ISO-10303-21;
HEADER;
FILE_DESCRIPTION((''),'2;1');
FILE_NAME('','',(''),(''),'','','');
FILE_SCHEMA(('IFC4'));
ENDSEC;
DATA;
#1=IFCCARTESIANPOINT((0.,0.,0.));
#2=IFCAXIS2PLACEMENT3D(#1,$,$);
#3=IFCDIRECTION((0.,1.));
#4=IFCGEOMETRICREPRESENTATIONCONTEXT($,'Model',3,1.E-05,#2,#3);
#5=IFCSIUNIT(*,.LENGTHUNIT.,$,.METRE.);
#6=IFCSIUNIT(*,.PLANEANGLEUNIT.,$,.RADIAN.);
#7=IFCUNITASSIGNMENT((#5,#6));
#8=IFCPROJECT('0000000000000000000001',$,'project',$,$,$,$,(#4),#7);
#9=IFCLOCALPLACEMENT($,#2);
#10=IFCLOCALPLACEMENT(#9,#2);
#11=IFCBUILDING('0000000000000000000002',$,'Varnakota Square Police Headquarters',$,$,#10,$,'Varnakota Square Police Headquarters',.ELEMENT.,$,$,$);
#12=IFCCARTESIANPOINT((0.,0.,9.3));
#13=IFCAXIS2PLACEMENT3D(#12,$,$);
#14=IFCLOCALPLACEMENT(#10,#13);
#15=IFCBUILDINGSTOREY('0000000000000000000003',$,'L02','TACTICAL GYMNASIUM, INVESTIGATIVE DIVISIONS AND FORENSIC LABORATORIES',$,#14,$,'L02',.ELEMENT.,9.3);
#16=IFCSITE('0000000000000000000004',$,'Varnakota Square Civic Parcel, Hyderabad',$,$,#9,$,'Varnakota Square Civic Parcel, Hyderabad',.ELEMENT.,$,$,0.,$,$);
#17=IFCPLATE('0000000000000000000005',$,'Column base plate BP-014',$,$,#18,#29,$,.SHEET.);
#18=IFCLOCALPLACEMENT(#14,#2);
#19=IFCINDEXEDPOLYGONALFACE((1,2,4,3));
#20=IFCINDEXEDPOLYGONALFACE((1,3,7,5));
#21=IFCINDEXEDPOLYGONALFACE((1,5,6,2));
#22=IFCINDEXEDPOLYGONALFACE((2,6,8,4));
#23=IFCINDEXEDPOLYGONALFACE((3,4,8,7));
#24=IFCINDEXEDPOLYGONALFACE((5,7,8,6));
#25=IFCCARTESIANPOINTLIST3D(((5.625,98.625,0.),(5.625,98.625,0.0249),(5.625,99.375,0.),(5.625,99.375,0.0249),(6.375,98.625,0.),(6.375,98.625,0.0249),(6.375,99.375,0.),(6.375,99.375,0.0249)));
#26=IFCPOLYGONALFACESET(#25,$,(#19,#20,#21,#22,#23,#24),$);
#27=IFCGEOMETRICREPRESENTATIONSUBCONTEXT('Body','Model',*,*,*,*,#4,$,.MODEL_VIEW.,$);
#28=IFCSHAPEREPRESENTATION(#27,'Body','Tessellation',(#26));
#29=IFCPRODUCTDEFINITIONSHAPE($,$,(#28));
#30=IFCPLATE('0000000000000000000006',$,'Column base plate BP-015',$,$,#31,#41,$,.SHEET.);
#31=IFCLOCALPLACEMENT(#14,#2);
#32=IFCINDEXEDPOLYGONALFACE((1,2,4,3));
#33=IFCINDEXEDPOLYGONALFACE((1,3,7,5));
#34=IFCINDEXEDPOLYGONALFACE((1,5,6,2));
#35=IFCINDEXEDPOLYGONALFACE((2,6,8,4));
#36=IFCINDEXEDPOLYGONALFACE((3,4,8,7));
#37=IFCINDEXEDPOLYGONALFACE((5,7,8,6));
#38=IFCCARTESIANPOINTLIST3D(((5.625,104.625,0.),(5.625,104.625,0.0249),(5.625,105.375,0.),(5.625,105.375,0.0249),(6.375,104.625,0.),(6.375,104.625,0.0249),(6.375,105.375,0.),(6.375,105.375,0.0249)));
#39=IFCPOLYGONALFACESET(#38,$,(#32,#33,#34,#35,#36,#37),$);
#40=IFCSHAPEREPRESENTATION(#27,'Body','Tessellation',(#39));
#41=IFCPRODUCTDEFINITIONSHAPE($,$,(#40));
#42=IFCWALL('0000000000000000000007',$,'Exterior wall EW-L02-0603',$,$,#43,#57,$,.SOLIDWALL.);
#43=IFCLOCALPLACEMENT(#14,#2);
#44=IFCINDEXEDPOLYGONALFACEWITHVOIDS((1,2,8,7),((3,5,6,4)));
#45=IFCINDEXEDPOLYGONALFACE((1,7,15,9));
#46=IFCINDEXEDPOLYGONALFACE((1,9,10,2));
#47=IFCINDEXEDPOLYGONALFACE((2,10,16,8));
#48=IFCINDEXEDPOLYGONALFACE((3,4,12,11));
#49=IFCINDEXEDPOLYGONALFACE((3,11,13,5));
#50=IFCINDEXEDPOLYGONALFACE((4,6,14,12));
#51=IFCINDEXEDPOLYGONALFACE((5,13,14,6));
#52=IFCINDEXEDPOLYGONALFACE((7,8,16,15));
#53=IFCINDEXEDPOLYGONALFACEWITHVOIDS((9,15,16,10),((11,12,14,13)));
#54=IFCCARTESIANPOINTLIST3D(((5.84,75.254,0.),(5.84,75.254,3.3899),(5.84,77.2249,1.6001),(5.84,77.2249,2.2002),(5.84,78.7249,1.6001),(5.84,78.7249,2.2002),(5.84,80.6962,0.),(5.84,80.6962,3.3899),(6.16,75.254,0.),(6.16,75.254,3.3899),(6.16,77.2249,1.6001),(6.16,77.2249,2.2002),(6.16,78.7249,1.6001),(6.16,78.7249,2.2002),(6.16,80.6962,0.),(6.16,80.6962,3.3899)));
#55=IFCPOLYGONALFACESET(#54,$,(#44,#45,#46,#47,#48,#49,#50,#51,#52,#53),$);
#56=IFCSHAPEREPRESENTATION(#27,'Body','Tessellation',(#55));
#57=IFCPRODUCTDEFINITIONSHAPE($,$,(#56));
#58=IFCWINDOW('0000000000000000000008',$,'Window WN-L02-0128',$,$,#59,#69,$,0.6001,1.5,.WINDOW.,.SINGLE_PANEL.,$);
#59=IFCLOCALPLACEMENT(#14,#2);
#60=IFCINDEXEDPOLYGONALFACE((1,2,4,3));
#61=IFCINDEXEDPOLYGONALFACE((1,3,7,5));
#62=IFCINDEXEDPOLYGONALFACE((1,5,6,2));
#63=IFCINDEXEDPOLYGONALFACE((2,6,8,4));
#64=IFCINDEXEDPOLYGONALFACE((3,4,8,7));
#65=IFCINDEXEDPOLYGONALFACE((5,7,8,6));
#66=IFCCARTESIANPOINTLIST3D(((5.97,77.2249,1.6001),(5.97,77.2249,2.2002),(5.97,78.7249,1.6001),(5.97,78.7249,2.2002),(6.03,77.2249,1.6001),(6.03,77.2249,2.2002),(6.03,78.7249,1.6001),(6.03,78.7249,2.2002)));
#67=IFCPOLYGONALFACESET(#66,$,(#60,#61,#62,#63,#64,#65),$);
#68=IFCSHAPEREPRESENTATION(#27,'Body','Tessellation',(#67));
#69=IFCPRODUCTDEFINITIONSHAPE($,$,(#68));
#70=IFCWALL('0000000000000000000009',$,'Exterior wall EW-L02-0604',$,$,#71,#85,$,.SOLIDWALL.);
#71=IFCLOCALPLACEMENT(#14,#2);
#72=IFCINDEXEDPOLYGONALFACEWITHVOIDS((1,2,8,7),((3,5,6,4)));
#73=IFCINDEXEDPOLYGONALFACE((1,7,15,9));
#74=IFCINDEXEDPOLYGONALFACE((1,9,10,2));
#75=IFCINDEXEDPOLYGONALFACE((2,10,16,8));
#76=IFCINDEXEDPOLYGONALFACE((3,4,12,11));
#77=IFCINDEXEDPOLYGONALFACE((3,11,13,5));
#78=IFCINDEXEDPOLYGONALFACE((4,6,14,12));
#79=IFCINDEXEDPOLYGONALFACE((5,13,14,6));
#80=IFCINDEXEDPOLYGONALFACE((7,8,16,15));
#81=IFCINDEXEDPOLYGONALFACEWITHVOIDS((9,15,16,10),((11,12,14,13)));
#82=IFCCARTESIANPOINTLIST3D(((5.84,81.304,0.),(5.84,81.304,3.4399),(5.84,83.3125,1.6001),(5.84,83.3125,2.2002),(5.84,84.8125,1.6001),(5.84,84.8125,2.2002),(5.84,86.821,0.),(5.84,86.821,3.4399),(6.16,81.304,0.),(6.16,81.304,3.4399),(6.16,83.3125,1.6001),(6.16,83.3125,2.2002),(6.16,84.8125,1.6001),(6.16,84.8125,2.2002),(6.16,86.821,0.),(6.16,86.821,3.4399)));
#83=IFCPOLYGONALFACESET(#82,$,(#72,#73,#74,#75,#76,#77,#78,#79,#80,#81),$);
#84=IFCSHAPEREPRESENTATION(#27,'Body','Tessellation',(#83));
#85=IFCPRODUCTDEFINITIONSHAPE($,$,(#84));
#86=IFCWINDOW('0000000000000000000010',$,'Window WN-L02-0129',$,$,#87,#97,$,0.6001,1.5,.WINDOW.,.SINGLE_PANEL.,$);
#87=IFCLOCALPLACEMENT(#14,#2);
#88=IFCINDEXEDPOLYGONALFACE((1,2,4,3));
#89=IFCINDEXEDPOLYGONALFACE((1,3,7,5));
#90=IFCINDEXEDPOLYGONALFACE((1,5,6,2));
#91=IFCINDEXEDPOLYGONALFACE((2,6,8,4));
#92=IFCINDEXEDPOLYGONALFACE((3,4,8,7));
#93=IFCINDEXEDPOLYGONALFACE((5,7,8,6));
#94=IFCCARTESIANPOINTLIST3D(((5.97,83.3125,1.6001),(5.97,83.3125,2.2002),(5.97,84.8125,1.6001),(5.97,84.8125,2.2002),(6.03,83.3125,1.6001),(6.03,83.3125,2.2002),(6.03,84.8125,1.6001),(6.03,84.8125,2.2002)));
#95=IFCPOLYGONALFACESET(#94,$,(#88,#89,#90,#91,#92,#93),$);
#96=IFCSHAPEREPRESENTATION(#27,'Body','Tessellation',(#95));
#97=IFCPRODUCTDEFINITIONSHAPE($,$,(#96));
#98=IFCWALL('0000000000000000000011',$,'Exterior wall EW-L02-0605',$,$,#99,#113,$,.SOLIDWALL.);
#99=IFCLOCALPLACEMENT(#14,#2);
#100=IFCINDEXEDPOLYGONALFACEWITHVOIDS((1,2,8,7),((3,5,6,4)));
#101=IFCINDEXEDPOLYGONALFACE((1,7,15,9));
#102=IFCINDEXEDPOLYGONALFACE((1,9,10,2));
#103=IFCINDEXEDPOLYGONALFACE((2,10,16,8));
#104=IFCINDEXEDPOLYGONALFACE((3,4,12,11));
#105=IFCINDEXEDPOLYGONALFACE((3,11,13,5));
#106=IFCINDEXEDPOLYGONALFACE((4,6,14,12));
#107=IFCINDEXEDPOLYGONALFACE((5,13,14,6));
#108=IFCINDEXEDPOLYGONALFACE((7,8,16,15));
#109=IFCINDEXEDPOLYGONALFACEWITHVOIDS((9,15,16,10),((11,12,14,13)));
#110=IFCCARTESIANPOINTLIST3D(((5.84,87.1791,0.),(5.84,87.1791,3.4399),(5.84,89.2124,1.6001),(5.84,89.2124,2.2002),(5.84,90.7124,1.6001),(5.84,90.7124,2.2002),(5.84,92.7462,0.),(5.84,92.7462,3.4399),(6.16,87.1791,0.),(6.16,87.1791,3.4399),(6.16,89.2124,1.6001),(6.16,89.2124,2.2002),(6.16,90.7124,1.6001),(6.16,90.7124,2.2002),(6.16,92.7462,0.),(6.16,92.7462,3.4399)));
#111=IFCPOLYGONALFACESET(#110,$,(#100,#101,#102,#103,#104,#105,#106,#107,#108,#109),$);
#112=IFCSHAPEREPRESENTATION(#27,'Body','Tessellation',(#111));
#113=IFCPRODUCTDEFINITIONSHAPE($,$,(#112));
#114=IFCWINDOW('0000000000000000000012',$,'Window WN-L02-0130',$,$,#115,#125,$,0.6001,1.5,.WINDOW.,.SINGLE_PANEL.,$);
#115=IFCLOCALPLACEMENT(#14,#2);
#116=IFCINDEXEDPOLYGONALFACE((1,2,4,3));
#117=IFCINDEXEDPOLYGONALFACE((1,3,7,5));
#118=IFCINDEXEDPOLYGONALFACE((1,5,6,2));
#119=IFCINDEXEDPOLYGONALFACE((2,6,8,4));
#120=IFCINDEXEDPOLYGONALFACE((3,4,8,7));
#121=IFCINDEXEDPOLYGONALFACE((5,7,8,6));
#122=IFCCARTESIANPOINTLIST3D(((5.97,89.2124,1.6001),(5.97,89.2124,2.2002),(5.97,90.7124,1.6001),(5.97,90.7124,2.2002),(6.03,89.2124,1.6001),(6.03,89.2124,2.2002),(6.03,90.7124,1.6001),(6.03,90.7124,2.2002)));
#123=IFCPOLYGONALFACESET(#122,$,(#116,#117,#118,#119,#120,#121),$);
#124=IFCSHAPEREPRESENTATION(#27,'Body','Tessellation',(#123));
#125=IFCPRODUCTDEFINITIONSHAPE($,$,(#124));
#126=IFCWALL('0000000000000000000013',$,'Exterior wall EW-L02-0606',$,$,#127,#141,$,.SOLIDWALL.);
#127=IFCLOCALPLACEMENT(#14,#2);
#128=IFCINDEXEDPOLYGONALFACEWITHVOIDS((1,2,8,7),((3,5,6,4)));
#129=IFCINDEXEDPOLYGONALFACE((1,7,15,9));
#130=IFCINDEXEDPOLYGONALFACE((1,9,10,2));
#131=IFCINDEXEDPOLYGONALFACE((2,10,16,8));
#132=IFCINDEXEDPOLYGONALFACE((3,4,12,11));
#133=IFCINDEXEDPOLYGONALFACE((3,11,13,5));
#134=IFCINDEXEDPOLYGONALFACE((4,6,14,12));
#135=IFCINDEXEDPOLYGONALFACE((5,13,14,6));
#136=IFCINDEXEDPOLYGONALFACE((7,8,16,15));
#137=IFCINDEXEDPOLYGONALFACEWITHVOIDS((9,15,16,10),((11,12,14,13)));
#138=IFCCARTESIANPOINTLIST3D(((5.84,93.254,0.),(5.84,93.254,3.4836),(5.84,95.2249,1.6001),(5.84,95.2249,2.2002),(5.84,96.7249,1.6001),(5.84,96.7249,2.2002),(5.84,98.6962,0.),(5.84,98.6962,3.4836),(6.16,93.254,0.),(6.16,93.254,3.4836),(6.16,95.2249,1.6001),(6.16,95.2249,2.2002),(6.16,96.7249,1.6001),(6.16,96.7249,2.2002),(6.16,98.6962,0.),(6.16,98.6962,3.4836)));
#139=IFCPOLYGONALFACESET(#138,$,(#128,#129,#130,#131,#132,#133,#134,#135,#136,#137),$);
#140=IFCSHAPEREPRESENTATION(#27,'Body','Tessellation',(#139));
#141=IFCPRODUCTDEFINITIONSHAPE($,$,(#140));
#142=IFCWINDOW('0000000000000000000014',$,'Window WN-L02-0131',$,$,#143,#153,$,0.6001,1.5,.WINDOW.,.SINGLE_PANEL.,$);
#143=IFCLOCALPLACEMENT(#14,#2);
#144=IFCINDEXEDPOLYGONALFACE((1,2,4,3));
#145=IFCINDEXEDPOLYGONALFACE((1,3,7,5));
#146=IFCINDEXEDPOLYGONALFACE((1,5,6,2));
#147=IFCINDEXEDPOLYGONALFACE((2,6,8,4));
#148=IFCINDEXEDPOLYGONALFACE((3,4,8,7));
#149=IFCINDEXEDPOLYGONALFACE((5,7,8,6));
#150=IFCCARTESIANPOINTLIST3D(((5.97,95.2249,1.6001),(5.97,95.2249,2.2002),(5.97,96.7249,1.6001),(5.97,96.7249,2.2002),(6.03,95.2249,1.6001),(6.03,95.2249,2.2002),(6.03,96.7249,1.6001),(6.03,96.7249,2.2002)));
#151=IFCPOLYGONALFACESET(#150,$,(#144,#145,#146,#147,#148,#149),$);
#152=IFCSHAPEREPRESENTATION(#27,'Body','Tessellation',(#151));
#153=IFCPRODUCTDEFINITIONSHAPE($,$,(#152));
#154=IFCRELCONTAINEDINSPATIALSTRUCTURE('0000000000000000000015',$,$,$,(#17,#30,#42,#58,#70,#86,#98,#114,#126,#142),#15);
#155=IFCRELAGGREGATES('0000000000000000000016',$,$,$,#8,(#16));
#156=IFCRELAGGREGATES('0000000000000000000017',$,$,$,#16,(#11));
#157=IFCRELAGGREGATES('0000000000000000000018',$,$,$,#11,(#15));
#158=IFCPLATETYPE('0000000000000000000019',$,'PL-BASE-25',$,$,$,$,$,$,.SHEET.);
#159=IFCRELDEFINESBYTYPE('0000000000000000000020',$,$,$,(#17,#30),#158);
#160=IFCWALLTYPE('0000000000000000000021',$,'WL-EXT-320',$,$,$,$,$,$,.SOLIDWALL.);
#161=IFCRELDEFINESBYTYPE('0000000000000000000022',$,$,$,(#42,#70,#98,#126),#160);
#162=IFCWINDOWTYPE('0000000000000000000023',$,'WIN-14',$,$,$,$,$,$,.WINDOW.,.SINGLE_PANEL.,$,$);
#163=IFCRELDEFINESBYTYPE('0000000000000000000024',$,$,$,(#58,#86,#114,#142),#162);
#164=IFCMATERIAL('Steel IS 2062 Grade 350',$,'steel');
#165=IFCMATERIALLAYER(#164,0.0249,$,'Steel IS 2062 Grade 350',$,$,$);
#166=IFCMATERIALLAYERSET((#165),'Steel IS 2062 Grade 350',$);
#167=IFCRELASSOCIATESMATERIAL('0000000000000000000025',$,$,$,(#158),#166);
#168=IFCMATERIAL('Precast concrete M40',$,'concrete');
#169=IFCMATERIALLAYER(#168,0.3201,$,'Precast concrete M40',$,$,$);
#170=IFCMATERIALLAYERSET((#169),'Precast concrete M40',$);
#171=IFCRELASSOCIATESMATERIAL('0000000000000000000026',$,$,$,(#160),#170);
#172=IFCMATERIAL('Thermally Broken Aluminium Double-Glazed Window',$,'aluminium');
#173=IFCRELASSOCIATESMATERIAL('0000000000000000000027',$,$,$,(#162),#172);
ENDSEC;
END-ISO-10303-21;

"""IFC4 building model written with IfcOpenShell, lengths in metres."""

from ifc_helpers import new_model, si_unit, direction, frame, frame_2d, origin, origin_2d, place, context, subcontext, project, spatial, rectangle, extrude, material, layer, layer_set, type_object, element, fill, save


model = new_model("IFC4")

# Units and contexts
model_context = context("Model", 3, precision=1e-05, world=origin(), true_north=direction((0.0, 1.0)))
body_context = subcontext(model_context, "Body", "Model", "MODEL_VIEW")
ifc_project = project(units=[si_unit("LENGTHUNIT", "METRE"), si_unit("PLANEANGLEUNIT", "RADIAN")], contexts=[model_context])

# Site, building, storey
site_placement = place(None, origin())
site = spatial("IfcSite", under=ifc_project, at=site_placement, Name="Varnakota Square Civic Parcel, Hyderabad", LongName="Varnakota Square Civic Parcel, Hyderabad", CompositionType="ELEMENT", RefElevation=0.0)
building_placement = place(site_placement, origin())
building = spatial("IfcBuilding", under=site, at=building_placement, Name="Varnakota Square Police Headquarters", LongName="Varnakota Square Police Headquarters", CompositionType="ELEMENT")
storey_placement = place(building_placement, frame((0.0, 0.0, 9.3)))
storey = spatial("IfcBuildingStorey", under=building, at=storey_placement, Name="L02", Description="TACTICAL GYMNASIUM, INVESTIGATIVE DIVISIONS AND FORENSIC LABORATORIES", LongName="L02", CompositionType="ELEMENT", Elevation=9.3)

# Shared definitions
ifc_material_1 = material(Name="Steel IS 2062 Grade 350", Category="steel")

# Plates
ifc_layer_1 = layer(ifc_material_1, 0.0249, Name="Steel IS 2062 Grade 350")
ifc_layer_set_1 = layer_set([ifc_layer_1], Name="Steel IS 2062 Grade 350")
plate_type = type_object("IfcPlateType", Name="PL-BASE-25", PredefinedType="SHEET", material=ifc_layer_set_1)
for number, where, z_axis, x_axis, name in (
    (1, (6.0, 99.0, 0.0), (0.0, 0.0, 1.0), (1.0, 0.0, 0.0), "Column base plate BP-014"),
    (2, (6.0, 105.0, 0.0), (0.0, 0.0, 1.0), (1.0, 0.0, 0.0), "Column base plate BP-015"),
):
    element("IfcPlate", number, at=place(storey_placement, frame(where, z_axis=z_axis, x_axis=x_axis)), inside=storey, type_object=plate_type, Name=name, PredefinedType="SHEET", context=body_context, shape_type="SweptSolid", body=[
        extrude(rectangle(XDim=0.75, YDim=0.75, at=origin_2d()), origin(), (0.0, 0.0, 1.0), 0.0249),
    ])

# Walls, openings, windows
ifc_material_2 = material(Name="Precast concrete M40", Category="concrete")
ifc_layer_2 = layer(ifc_material_2, 0.3201, Name="Precast concrete M40")
ifc_layer_set_2 = layer_set([ifc_layer_2], Name="Precast concrete M40")
wall_type = type_object("IfcWallType", Name="WL-EXT-320", PredefinedType="SOLIDWALL", material=ifc_layer_set_2)
wall_1_placement = place(storey_placement, frame((6.0, 75.2539, 0.0), z_axis=(0.0, 0.0, 1.0), x_axis=(0.0, 1.0, 0.0)))
wall_1 = element("IfcWall", 3, at=wall_1_placement, inside=storey, type_object=wall_type, Name="Exterior wall EW-L02-0603", PredefinedType="SOLIDWALL", context=body_context, shape_type="SweptSolid", body=[
    extrude(rectangle(XDim=5.4421, YDim=0.3201, at=frame_2d((2.7212, 0.0))), origin(), (0.0, 0.0, 1.0), 3.3899),
])
opening_1_placement = place(wall_1_placement, frame((1.9709, 0.0, 1.6001)))
opening_1 = element("IfcOpeningElement", 4, at=opening_1_placement, cuts=wall_1, PredefinedType="OPENING", context=body_context, shape_type="SweptSolid", body=[
    extrude(rectangle(XDim=1.5, YDim=0.6001, at=frame_2d((0.75, 0.3))), frame((0.0, 0.1699, 0.0), z_axis=(0.0, -1.0, 0.0), x_axis=(1.0, 0.0, 0.0)), (0.0, 0.0, 1.0), 0.3401),
])
ifc_material_3 = material(Name="Thermally Broken Aluminium Double-Glazed Window", Category="aluminium")
window_type = type_object("IfcWindowType", Name="WIN-14", PartitioningType="SINGLE_PANEL", PredefinedType="WINDOW", material=ifc_material_3)
window_1_placement = place(opening_1_placement, origin())
window_1 = element("IfcWindow", 5, at=window_1_placement, inside=storey, type_object=window_type, Name="Window WN-L02-0128", OverallHeight=0.6001, OverallWidth=1.5, PartitioningType="SINGLE_PANEL", PredefinedType="WINDOW", context=body_context, shape_type="SweptSolid", body=[
    extrude(rectangle(XDim=1.5, YDim=0.6001, at=frame_2d((0.75, 0.3))), frame((0.0, 0.03, 0.0), z_axis=(0.0, -1.0, 0.0), x_axis=(1.0, 0.0, 0.0)), (0.0, 0.0, 1.0), 0.0601),
])
fill(opening_1, window_1)
wall_2_placement = place(storey_placement, frame((6.0, 81.304, 0.0), z_axis=(0.0, 0.0, 1.0), x_axis=(0.0, 1.0, 0.0)))
wall_2 = element("IfcWall", 6, at=wall_2_placement, inside=storey, type_object=wall_type, Name="Exterior wall EW-L02-0604", PredefinedType="SOLIDWALL", context=body_context, shape_type="SweptSolid", body=[
    extrude(rectangle(XDim=5.5171, YDim=0.3201, at=frame_2d((2.7585, 0.0))), origin(), (0.0, 0.0, 1.0), 3.4399),
])
opening_2_placement = place(wall_2_placement, frame((2.0085, 0.0, 1.6001)))
opening_2 = element("IfcOpeningElement", 7, at=opening_2_placement, cuts=wall_2, PredefinedType="OPENING", context=body_context, shape_type="SweptSolid", body=[
    extrude(rectangle(XDim=1.5, YDim=0.6001, at=frame_2d((0.75, 0.3))), frame((0.0, 0.1699, 0.0), z_axis=(0.0, -1.0, 0.0), x_axis=(1.0, 0.0, 0.0)), (0.0, 0.0, 1.0), 0.3401),
])
window_2_placement = place(opening_2_placement, origin())
window_2 = element("IfcWindow", 8, at=window_2_placement, inside=storey, type_object=window_type, Name="Window WN-L02-0129", OverallHeight=0.6001, OverallWidth=1.5, PartitioningType="SINGLE_PANEL", PredefinedType="WINDOW", context=body_context, shape_type="SweptSolid", body=[
    extrude(rectangle(XDim=1.5, YDim=0.6001, at=frame_2d((0.75, 0.3))), frame((0.0, 0.03, 0.0), z_axis=(0.0, -1.0, 0.0), x_axis=(1.0, 0.0, 0.0)), (0.0, 0.0, 1.0), 0.0601),
])
fill(opening_2, window_2)
wall_3_placement = place(storey_placement, frame((6.0, 87.179, 0.0), z_axis=(0.0, 0.0, 1.0), x_axis=(0.0, 1.0, 0.0)))
wall_3 = element("IfcWall", 9, at=wall_3_placement, inside=storey, type_object=wall_type, Name="Exterior wall EW-L02-0605", PredefinedType="SOLIDWALL", context=body_context, shape_type="SweptSolid", body=[
    extrude(rectangle(XDim=5.5671, YDim=0.3201, at=frame_2d((2.7837, 0.0))), origin(), (0.0, 0.0, 1.0), 3.4399),
])
opening_3_placement = place(wall_3_placement, frame((2.0334, 0.0, 1.6001)))
opening_3 = element("IfcOpeningElement", 10, at=opening_3_placement, cuts=wall_3, PredefinedType="OPENING", context=body_context, shape_type="SweptSolid", body=[
    extrude(rectangle(XDim=1.5, YDim=0.6001, at=frame_2d((0.75, 0.3))), frame((0.0, 0.1699, 0.0), z_axis=(0.0, -1.0, 0.0), x_axis=(1.0, 0.0, 0.0)), (0.0, 0.0, 1.0), 0.3401),
])
window_3_placement = place(opening_3_placement, origin())
window_3 = element("IfcWindow", 11, at=window_3_placement, inside=storey, type_object=window_type, Name="Window WN-L02-0130", OverallHeight=0.6001, OverallWidth=1.5, PartitioningType="SINGLE_PANEL", PredefinedType="WINDOW", context=body_context, shape_type="SweptSolid", body=[
    extrude(rectangle(XDim=1.5, YDim=0.6001, at=frame_2d((0.75, 0.3))), frame((0.0, 0.03, 0.0), z_axis=(0.0, -1.0, 0.0), x_axis=(1.0, 0.0, 0.0)), (0.0, 0.0, 1.0), 0.0601),
])
fill(opening_3, window_3)
wall_4_placement = place(storey_placement, frame((6.0, 93.2539, 0.0), z_axis=(0.0, 0.0, 1.0), x_axis=(0.0, 1.0, 0.0)))
wall_4 = element("IfcWall", 12, at=wall_4_placement, inside=storey, type_object=wall_type, Name="Exterior wall EW-L02-0606", PredefinedType="SOLIDWALL", context=body_context, shape_type="SweptSolid", body=[
    extrude(rectangle(XDim=5.4421, YDim=0.3201, at=frame_2d((2.7212, 0.0))), origin(), (0.0, 0.0, 1.0), 3.4836),
])
opening_4_placement = place(wall_4_placement, frame((1.9709, 0.0, 1.6001)))
opening_4 = element("IfcOpeningElement", 13, at=opening_4_placement, cuts=wall_4, PredefinedType="OPENING", context=body_context, shape_type="SweptSolid", body=[
    extrude(rectangle(XDim=1.5, YDim=0.6001, at=frame_2d((0.75, 0.3))), frame((0.0, 0.1699, 0.0), z_axis=(0.0, -1.0, 0.0), x_axis=(1.0, 0.0, 0.0)), (0.0, 0.0, 1.0), 0.3401),
])
window_4_placement = place(opening_4_placement, origin())
window_4 = element("IfcWindow", 14, at=window_4_placement, inside=storey, type_object=window_type, Name="Window WN-L02-0131", OverallHeight=0.6001, OverallWidth=1.5, PartitioningType="SINGLE_PANEL", PredefinedType="WINDOW", context=body_context, shape_type="SweptSolid", body=[
    extrude(rectangle(XDim=1.5, YDim=0.6001, at=frame_2d((0.75, 0.3))), frame((0.0, 0.03, 0.0), z_axis=(0.0, -1.0, 0.0), x_axis=(1.0, 0.0, 0.0)), (0.0, 0.0, 1.0), 0.0601),
])
fill(opening_4, window_4)

save(model, "model.ifc")
